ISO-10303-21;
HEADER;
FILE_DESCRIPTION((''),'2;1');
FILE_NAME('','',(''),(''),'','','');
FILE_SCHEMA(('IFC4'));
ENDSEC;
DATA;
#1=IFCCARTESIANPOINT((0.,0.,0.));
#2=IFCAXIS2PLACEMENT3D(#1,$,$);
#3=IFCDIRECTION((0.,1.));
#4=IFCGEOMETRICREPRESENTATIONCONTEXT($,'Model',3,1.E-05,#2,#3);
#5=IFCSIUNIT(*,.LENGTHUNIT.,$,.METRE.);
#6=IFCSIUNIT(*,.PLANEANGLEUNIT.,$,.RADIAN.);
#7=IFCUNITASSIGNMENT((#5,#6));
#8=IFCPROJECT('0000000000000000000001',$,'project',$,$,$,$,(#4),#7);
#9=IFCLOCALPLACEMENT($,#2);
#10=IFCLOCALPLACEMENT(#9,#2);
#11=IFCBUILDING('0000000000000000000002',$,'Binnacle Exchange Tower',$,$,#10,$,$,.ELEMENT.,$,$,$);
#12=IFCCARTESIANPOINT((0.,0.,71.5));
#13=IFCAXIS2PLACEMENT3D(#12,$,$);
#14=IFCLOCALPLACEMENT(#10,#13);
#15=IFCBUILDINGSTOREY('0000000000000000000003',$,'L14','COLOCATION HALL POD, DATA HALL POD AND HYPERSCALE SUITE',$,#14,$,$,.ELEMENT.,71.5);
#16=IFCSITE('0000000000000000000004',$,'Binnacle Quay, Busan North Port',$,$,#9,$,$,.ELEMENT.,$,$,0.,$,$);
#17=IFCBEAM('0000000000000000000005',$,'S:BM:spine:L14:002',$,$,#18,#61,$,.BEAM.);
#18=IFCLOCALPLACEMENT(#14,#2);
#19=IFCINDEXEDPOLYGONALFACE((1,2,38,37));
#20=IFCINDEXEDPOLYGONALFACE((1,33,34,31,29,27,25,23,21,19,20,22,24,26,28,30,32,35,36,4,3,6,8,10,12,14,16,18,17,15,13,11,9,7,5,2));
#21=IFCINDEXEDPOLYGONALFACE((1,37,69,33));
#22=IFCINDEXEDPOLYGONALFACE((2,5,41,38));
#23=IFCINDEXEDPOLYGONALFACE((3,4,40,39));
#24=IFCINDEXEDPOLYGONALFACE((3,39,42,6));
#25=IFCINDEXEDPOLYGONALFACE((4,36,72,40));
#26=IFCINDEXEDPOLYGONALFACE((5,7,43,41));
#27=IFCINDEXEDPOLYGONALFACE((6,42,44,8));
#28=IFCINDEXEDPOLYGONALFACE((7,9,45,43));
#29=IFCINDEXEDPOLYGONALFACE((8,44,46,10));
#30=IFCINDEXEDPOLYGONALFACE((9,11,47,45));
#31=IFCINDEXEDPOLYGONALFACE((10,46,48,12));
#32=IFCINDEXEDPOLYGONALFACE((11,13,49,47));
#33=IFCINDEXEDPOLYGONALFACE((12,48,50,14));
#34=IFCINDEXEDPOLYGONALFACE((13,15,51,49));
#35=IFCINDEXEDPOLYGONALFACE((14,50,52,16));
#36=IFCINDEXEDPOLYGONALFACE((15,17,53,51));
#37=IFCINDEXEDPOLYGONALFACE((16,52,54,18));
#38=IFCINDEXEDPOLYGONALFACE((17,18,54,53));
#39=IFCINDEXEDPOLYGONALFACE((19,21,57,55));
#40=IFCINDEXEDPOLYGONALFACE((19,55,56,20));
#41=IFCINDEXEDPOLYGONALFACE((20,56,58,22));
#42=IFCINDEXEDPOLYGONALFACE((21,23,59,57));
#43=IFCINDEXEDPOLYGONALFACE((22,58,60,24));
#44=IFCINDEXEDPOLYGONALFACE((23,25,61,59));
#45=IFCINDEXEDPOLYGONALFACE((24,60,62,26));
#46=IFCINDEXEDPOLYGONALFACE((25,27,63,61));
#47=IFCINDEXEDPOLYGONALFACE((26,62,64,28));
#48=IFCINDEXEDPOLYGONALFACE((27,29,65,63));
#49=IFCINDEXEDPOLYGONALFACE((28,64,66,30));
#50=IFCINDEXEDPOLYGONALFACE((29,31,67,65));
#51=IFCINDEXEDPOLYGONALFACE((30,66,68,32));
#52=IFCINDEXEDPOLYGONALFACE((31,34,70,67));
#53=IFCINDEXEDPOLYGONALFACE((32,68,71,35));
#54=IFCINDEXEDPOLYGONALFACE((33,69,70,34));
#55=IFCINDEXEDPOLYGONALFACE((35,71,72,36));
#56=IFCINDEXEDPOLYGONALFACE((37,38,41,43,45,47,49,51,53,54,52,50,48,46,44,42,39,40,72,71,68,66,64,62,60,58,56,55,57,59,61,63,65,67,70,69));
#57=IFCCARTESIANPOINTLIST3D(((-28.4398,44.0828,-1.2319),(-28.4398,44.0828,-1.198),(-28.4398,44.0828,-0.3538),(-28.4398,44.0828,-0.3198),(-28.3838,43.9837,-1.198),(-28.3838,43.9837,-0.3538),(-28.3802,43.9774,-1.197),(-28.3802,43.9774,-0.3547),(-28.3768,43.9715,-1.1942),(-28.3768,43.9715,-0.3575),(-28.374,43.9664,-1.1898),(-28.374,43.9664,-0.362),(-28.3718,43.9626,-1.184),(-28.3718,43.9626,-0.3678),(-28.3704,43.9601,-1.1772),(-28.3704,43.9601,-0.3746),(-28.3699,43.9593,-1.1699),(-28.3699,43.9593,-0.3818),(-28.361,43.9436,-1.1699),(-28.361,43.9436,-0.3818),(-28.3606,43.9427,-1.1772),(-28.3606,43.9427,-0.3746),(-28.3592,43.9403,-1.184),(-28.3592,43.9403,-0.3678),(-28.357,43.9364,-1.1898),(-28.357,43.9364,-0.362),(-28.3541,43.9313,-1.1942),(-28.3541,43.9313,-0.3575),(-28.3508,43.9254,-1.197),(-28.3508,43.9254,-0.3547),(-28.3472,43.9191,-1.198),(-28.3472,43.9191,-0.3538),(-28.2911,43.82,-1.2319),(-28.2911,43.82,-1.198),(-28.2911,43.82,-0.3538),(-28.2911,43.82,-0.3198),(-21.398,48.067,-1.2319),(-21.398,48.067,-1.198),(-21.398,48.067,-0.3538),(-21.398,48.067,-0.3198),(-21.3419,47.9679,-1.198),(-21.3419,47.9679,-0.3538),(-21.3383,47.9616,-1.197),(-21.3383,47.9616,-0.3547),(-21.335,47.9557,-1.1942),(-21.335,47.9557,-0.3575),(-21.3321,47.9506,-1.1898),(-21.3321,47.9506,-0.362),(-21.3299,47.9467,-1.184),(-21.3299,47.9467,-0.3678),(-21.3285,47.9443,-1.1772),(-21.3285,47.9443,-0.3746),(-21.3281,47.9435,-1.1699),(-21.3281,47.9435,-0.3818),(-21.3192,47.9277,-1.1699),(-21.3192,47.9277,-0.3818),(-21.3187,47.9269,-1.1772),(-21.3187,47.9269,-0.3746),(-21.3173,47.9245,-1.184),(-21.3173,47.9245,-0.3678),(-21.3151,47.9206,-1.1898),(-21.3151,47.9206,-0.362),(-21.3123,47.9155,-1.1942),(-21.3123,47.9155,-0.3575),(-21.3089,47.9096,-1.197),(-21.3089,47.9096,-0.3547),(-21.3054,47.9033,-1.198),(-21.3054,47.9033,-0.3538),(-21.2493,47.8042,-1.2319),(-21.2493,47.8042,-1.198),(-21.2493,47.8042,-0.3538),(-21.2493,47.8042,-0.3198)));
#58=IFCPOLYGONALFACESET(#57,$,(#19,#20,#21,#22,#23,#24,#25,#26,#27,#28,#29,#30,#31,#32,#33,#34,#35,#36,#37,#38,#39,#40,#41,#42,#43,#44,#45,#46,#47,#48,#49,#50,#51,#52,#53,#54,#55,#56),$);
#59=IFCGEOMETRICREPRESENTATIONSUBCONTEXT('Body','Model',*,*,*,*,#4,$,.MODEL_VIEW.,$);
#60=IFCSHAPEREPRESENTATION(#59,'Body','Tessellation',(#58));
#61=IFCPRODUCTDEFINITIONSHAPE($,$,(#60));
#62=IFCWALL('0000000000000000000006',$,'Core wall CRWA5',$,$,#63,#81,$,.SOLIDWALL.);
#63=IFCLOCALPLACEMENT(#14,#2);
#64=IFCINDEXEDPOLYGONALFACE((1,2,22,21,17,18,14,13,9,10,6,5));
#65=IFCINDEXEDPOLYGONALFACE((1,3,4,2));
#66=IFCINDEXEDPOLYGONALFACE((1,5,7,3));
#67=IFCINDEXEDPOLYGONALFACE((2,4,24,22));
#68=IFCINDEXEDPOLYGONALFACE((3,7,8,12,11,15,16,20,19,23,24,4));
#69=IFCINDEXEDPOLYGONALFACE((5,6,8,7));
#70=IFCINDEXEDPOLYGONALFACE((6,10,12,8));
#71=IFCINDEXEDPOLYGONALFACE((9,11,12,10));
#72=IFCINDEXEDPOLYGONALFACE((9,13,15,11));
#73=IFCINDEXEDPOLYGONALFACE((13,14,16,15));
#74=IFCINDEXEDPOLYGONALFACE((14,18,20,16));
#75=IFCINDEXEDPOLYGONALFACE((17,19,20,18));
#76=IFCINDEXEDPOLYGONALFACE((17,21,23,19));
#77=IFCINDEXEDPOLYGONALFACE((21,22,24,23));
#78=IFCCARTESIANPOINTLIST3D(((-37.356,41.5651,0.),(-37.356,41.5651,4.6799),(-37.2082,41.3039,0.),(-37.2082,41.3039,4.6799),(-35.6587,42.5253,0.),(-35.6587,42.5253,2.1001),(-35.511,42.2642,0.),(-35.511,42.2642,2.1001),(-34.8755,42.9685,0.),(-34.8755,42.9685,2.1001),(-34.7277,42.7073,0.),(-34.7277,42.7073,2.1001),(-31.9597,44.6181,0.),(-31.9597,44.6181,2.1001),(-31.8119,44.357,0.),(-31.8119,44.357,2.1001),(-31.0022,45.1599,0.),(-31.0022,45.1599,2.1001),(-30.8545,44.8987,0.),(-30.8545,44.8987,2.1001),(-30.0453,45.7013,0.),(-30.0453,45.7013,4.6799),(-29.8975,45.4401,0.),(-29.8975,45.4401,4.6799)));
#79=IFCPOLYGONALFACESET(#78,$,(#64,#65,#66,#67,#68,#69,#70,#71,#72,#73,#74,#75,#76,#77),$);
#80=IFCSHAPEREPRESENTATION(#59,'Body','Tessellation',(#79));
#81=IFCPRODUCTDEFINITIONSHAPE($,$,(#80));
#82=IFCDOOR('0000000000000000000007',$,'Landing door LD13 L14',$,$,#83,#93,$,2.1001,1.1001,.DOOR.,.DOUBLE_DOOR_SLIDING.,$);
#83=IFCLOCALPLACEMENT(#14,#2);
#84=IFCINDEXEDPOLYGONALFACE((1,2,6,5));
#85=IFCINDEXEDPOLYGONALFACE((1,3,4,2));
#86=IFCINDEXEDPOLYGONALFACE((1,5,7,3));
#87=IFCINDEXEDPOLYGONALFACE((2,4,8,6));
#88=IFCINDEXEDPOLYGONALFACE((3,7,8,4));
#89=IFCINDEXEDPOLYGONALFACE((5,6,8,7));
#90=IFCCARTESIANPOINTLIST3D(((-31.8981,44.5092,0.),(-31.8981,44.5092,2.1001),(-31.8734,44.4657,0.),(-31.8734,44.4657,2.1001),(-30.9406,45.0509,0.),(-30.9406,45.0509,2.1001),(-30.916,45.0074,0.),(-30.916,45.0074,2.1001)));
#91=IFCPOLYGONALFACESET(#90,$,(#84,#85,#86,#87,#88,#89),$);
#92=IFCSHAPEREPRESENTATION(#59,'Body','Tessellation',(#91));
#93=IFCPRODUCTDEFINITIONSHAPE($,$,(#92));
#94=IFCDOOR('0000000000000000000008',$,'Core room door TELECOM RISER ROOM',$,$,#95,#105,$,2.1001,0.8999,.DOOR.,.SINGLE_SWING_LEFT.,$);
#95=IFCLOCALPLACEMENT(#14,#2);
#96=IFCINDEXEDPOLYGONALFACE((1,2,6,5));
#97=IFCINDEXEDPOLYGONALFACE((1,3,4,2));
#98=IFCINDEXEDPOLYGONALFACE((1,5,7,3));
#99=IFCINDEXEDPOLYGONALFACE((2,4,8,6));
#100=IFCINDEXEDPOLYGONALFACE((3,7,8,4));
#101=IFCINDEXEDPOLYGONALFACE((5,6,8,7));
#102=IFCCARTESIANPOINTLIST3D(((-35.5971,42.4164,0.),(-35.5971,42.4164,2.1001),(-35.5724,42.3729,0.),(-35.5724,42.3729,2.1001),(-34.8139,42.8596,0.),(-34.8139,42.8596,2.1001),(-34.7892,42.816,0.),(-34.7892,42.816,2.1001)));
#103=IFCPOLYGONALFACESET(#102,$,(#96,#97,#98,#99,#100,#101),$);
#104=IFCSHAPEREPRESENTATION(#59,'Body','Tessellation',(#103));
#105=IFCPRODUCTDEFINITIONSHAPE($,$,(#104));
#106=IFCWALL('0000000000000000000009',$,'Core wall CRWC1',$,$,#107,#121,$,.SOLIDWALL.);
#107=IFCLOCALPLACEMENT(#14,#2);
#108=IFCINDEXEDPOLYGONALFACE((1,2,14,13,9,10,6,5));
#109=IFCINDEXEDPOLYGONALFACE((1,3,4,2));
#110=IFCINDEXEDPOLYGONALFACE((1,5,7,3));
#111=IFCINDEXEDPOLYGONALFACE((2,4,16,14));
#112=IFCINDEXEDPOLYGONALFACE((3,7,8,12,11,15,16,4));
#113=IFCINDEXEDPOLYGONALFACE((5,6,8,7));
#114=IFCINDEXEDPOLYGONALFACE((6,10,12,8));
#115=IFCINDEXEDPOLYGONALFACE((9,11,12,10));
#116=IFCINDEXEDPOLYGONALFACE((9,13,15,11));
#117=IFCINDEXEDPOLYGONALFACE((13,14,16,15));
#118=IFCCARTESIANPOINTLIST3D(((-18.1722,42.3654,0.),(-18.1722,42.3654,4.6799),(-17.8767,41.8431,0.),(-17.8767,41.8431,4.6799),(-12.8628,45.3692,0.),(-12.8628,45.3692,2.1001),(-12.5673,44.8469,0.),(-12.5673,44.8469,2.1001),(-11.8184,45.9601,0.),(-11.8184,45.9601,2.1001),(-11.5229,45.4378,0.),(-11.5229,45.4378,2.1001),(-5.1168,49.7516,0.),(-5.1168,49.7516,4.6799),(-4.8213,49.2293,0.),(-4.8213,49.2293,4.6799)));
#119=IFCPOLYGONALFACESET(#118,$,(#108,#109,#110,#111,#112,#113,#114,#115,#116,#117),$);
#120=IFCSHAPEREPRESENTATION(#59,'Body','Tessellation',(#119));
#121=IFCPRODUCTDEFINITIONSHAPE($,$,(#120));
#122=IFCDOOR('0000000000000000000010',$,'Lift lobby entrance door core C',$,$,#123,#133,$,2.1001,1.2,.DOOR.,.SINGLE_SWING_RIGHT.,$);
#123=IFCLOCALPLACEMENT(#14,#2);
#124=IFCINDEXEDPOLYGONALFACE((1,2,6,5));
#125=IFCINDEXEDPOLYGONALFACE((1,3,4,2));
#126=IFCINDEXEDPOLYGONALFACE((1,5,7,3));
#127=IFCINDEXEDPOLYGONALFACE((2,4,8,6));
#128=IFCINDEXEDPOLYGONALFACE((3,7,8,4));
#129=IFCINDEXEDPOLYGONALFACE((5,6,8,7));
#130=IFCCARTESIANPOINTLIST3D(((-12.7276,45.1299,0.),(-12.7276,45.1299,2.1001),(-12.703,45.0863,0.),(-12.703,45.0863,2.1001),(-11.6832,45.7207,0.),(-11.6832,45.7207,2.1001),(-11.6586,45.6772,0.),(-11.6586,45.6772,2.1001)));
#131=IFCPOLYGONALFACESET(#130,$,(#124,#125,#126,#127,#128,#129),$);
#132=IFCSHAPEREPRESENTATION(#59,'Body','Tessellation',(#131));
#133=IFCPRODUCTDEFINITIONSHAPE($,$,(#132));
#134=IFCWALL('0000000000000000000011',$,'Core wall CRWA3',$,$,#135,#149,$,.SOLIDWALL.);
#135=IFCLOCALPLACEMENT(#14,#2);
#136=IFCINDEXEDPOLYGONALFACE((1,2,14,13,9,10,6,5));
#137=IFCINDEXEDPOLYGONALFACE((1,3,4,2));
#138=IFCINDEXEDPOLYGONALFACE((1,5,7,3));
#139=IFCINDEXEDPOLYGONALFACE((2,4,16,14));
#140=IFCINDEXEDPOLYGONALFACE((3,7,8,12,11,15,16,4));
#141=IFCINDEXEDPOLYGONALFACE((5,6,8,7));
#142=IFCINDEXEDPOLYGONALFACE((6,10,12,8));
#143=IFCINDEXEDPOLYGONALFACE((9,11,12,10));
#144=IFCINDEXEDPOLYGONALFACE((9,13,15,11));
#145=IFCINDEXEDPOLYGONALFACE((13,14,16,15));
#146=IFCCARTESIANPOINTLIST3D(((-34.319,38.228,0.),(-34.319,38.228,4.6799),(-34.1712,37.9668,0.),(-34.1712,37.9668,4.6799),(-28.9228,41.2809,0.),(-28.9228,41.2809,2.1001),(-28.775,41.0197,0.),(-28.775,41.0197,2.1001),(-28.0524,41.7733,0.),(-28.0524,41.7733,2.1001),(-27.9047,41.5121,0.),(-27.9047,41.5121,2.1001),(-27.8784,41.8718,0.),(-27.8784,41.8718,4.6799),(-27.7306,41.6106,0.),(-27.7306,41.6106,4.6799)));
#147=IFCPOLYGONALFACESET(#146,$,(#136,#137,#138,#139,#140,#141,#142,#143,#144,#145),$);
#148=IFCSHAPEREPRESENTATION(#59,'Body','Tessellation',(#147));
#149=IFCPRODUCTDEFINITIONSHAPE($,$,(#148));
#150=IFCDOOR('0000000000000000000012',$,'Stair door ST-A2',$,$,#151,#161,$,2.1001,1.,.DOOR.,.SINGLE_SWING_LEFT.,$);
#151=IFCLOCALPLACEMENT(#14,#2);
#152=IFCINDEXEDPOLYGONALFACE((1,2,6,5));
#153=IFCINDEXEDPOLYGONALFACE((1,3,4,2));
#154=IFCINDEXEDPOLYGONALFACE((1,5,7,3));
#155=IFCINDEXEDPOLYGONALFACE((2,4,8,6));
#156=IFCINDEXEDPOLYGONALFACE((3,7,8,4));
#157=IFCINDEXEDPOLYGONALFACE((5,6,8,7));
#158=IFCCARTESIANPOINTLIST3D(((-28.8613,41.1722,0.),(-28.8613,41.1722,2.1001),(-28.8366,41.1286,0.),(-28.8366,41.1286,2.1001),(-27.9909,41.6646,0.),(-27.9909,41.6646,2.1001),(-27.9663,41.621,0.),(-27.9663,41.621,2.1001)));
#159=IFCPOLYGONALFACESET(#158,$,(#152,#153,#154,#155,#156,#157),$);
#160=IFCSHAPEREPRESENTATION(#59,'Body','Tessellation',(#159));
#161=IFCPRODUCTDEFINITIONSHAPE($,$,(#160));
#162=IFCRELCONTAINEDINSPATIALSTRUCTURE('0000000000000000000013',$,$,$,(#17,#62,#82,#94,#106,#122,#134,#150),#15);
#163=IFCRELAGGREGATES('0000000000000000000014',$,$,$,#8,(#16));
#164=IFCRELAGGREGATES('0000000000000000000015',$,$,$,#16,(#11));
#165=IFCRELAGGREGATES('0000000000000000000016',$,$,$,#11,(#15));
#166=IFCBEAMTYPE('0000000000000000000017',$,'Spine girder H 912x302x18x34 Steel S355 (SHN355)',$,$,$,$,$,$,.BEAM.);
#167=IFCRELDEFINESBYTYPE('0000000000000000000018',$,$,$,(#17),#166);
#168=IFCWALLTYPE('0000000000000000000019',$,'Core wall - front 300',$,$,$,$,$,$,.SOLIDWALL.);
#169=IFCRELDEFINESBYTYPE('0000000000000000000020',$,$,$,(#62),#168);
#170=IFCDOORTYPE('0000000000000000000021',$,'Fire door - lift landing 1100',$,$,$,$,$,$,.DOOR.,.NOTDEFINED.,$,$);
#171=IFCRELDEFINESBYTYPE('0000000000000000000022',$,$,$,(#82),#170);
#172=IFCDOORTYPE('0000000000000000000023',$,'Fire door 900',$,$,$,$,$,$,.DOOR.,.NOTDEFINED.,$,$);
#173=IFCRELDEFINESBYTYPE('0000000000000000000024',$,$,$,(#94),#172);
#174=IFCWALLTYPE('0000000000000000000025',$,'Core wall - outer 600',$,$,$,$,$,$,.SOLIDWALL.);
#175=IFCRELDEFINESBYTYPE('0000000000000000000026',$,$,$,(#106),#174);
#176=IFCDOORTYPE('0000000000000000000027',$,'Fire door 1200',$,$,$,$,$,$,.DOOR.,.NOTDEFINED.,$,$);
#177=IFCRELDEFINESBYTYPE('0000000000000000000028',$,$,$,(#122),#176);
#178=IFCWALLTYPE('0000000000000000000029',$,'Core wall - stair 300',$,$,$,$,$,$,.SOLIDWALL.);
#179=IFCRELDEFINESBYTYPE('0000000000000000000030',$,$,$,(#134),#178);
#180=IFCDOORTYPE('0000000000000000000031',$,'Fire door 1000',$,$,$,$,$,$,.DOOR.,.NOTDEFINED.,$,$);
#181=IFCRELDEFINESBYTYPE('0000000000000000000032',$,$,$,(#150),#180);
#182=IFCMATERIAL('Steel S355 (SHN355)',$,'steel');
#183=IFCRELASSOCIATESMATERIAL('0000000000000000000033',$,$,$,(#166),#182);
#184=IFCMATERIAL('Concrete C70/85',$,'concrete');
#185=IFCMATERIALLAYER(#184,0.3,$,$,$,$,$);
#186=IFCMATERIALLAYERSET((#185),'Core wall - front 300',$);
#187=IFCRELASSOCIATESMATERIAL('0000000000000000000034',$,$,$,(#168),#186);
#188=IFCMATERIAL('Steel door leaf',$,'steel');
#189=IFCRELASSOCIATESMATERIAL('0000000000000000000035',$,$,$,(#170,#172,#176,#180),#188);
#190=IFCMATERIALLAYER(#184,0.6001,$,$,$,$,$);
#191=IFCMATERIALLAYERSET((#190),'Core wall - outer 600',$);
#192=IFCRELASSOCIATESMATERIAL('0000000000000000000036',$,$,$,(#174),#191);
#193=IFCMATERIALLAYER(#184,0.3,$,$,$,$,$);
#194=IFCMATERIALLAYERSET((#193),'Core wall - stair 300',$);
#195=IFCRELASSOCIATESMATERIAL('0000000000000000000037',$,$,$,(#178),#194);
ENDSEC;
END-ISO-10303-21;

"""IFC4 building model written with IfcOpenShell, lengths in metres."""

from ifc_helpers import new_model, si_unit, direction, frame, frame_2d, origin, origin_2d, place, context, subcontext, project, spatial, rectangle, i_section, extrude, material, layer, layer_set, material_profile, profile_set, type_object, element, fill, save


model = new_model("IFC4")

# Units and contexts
model_context = context("Model", 3, precision=1e-05, world=origin(), true_north=direction((0.0, 1.0)))
body_context = subcontext(model_context, "Body", "Model", "MODEL_VIEW")
ifc_project = project(units=[si_unit("LENGTHUNIT", "METRE"), si_unit("PLANEANGLEUNIT", "RADIAN")], contexts=[model_context])

# Site, building, storey
site_placement = place(None, origin())
site = spatial("IfcSite", under=ifc_project, at=site_placement, Name="Binnacle Quay, Busan North Port", CompositionType="ELEMENT", RefElevation=0.0)
building_placement = place(site_placement, origin())
building = spatial("IfcBuilding", under=site, at=building_placement, Name="Binnacle Exchange Tower", CompositionType="ELEMENT")
storey_placement = place(building_placement, frame((0.0, 0.0, 71.5)))
storey = spatial("IfcBuildingStorey", under=building, at=storey_placement, Name="L14", Description="COLOCATION HALL POD, DATA HALL POD AND HYPERSCALE SUITE", CompositionType="ELEMENT", Elevation=71.5)

# Shared definitions
ifc_material_1 = material(Name="Concrete C70/85", Category="concrete")

# Beam
ifc_material_2 = material(Name="Steel S355 (SHN355)", Category="steel")
ifc_material_profile_1 = material_profile(ifc_material_2, i_section(OverallWidth=0.302, OverallDepth=0.9121, WebThickness=0.0181, FlangeThickness=0.0339, FilletRadius=0.0281, at=origin_2d()), Name="H 912x302x18x34")
ifc_profile_set_1 = profile_set([ifc_material_profile_1], Name="Steel S355 (SHN355)")
beam_type_1 = type_object("IfcBeamType", Name="Spine girder H 912x302x18x34 Steel S355 (SHN355)", PredefinedType="BEAM", material=ifc_profile_set_1)
beam_1_placement = place(storey_placement, frame((-28.3655, 43.9514, -0.7759), z_axis=(0.87035, 0.492433, 0.0), x_axis=(-0.492433, 0.87035, 0.0)))
element("IfcBeam", 1, at=beam_1_placement, inside=storey, type_object=beam_type_1, Name="S:BM:spine:L14:002", PredefinedType="BEAM", context=body_context, shape_type="SweptSolid", body=[
    extrude(i_section(OverallWidth=0.302, OverallDepth=0.9121, WebThickness=0.0181, FlangeThickness=0.0339, FilletRadius=0.0281, at=origin_2d()), origin(), (0.0, 0.0, 1.0), 8.0908),
])

# Wall, openings, doors
ifc_layer_1 = layer(ifc_material_1, 0.3)
ifc_layer_set_1 = layer_set([ifc_layer_1], Name="Core wall - front 300")
wall_type_1 = type_object("IfcWallType", Name="Core wall - front 300", PredefinedType="SOLIDWALL", material=ifc_layer_set_1)
wall_1_placement = place(storey_placement, frame((-37.282, 41.4346, 0.0), z_axis=(0.0, 0.0, 1.0), x_axis=(0.870357, 0.492422, 0.0)))
wall_1 = element("IfcWall", 2, at=wall_1_placement, inside=storey, type_object=wall_type_1, Name="Core wall CRWA5", PredefinedType="SOLIDWALL", context=body_context, shape_type="SweptSolid", body=[
    extrude(rectangle(XDim=8.3997, YDim=0.3, at=frame_2d((4.1997, 0.0))), origin(), (0.0, 0.0, 1.0), 4.6799),
])
opening_1_placement = place(wall_1_placement, frame((6.2, 0.0, 0.0)))
opening_1 = element("IfcOpeningElement", 3, at=opening_1_placement, cuts=wall_1, PredefinedType="OPENING", context=body_context, shape_type="SweptSolid", body=[
    extrude(rectangle(XDim=1.1001, YDim=2.1001, at=frame_2d((0.55, 1.05))), frame((0.0, 0.1599, 0.0), z_axis=(0.0, -1.0, 0.0), x_axis=(1.0, 0.0, 0.0)), (0.0, 0.0, 1.0), 0.3201),
])
opening_2_placement = place(wall_1_placement, frame((1.95, 0.0, 0.0)))
opening_2 = element("IfcOpeningElement", 4, at=opening_2_placement, cuts=wall_1, PredefinedType="OPENING", context=body_context, shape_type="SweptSolid", body=[
    extrude(rectangle(XDim=0.8999, YDim=2.1001, at=frame_2d((0.45, 1.05))), frame((0.0, 0.1599, 0.0), z_axis=(0.0, -1.0, 0.0), x_axis=(1.0, 0.0, 0.0)), (0.0, 0.0, 1.0), 0.3201),
])
ifc_material_3 = material(Name="Steel door leaf", Category="steel")
door_type_1 = type_object("IfcDoorType", Name="Fire door - lift landing 1100", OperationType="NOTDEFINED", PredefinedType="DOOR", material=ifc_material_3)
door_1_placement = place(opening_1_placement, origin())
door_1 = element("IfcDoor", 5, at=door_1_placement, inside=storey, type_object=door_type_1, Name="Landing door LD13 L14", OperationType="DOUBLE_DOOR_SLIDING", OverallHeight=2.1001, OverallWidth=1.1001, PredefinedType="DOOR", context=body_context, shape_type="SweptSolid", body=[
    extrude(rectangle(XDim=1.1001, YDim=2.1001, at=frame_2d((0.55, 1.05))), frame((0.0, 0.0249, 0.0), z_axis=(0.0, -1.0, 0.0), x_axis=(1.0, 0.0, 0.0)), (0.0, 0.0, 1.0), 0.05),
])
fill(opening_1, door_1)
door_type_2 = type_object("IfcDoorType", Name="Fire door 900", OperationType="NOTDEFINED", PredefinedType="DOOR", material=ifc_material_3)
door_2_placement = place(opening_2_placement, origin())
door_2 = element("IfcDoor", 6, at=door_2_placement, inside=storey, type_object=door_type_2, Name="Core room door TELECOM RISER ROOM", OperationType="SINGLE_SWING_LEFT", OverallHeight=2.1001, OverallWidth=0.8999, PredefinedType="DOOR", context=body_context, shape_type="SweptSolid", body=[
    extrude(rectangle(XDim=0.8999, YDim=2.1001, at=frame_2d((0.45, 1.05))), frame((0.0, 0.0249, 0.0), z_axis=(0.0, -1.0, 0.0), x_axis=(1.0, 0.0, 0.0)), (0.0, 0.0, 1.0), 0.05),
])
fill(opening_2, door_2)

# Walls, openings, doors
ifc_layer_2 = layer(ifc_material_1, 0.6001)
ifc_layer_set_2 = layer_set([ifc_layer_2], Name="Core wall - outer 600")
wall_type_2 = type_object("IfcWallType", Name="Core wall - outer 600", PredefinedType="SOLIDWALL", material=ifc_layer_set_2)
wall_2_placement = place(storey_placement, frame((-18.0244, 42.1042, 0.0), z_axis=(0.0, 0.0, 1.0), x_axis=(0.870361, 0.492415, 0.0)))
wall_2 = element("IfcWall", 7, at=wall_2_placement, inside=storey, type_object=wall_type_2, Name="Core wall CRWC1", PredefinedType="SOLIDWALL", context=body_context, shape_type="SweptSolid", body=[
    extrude(rectangle(XDim=15.0, YDim=0.6001, at=frame_2d((7.5, 0.0))), origin(), (0.0, 0.0, 1.0), 4.6799),
])
opening_3_placement = place(wall_2_placement, frame((6.1001, 0.0, 0.0)))
opening_3 = element("IfcOpeningElement", 8, at=opening_3_placement, cuts=wall_2, PredefinedType="OPENING", context=body_context, shape_type="SweptSolid", body=[
    extrude(rectangle(XDim=1.2, YDim=2.1001, at=frame_2d((0.6001, 1.05))), frame((0.0, 0.3101, 0.0), z_axis=(0.0, -1.0, 0.0), x_axis=(1.0, 0.0, 0.0)), (0.0, 0.0, 1.0), 0.6201),
])
door_type_3 = type_object("IfcDoorType", Name="Fire door 1200", OperationType="NOTDEFINED", PredefinedType="DOOR", material=ifc_material_3)
door_3_placement = place(opening_3_placement, frame((1.2, 0.0, 0.0), z_axis=(0.0, 0.0, 1.0), x_axis=(-1.0, 0.0, 0.0)))
door_3 = element("IfcDoor", 9, at=door_3_placement, inside=storey, type_object=door_type_3, Name="Lift lobby entrance door core C", OperationType="SINGLE_SWING_RIGHT", OverallHeight=2.1001, OverallWidth=1.2, PredefinedType="DOOR", context=body_context, shape_type="SweptSolid", body=[
    extrude(rectangle(XDim=1.2, YDim=2.1001, at=frame_2d((0.6001, 1.05))), frame((0.0, 0.0249, 0.0), z_axis=(0.0, -1.0, 0.0), x_axis=(1.0, 0.0, 0.0)), (0.0, 0.0, 1.0), 0.05),
])
fill(opening_3, door_3)
ifc_layer_3 = layer(ifc_material_1, 0.3)
ifc_layer_set_3 = layer_set([ifc_layer_3], Name="Core wall - stair 300")
wall_type_3 = type_object("IfcWallType", Name="Core wall - stair 300", PredefinedType="SOLIDWALL", material=ifc_layer_set_3)
wall_3_placement = place(storey_placement, frame((-34.2451, 38.0974, 0.0), z_axis=(0.0, 0.0, 1.0), x_axis=(0.870365, 0.492407, 0.0)))
wall_3 = element("IfcWall", 10, at=wall_3_placement, inside=storey, type_object=wall_type_3, Name="Core wall CRWA3", PredefinedType="SOLIDWALL", context=body_context, shape_type="SweptSolid", body=[
    extrude(rectangle(XDim=7.3999, YDim=0.3, at=frame_2d((3.7, 0.0))), origin(), (0.0, 0.0, 1.0), 4.6799),
])
opening_4_placement = place(wall_3_placement, frame((6.2, 0.0, 0.0)))
opening_4 = element("IfcOpeningElement", 11, at=opening_4_placement, cuts=wall_3, PredefinedType="OPENING", context=body_context, shape_type="SweptSolid", body=[
    extrude(rectangle(XDim=1.0, YDim=2.1001, at=frame_2d((0.5, 1.05))), frame((0.0, 0.1599, 0.0), z_axis=(0.0, -1.0, 0.0), x_axis=(1.0, 0.0, 0.0)), (0.0, 0.0, 1.0), 0.3201),
])
door_type_4 = type_object("IfcDoorType", Name="Fire door 1000", OperationType="NOTDEFINED", PredefinedType="DOOR", material=ifc_material_3)
door_4_placement = place(opening_4_placement, frame((1.0, 0.0, 0.0), z_axis=(0.0, 0.0, 1.0), x_axis=(-1.0, 0.0, 0.0)))
door_4 = element("IfcDoor", 12, at=door_4_placement, inside=storey, type_object=door_type_4, Name="Stair door ST-A2", OperationType="SINGLE_SWING_LEFT", OverallHeight=2.1001, OverallWidth=1.0, PredefinedType="DOOR", context=body_context, shape_type="SweptSolid", body=[
    extrude(rectangle(XDim=1.0, YDim=2.1001, at=frame_2d((0.5, 1.05))), frame((0.0, 0.0249, 0.0), z_axis=(0.0, -1.0, 0.0), x_axis=(1.0, 0.0, 0.0)), (0.0, 0.0, 1.0), 0.05),
])
fill(opening_4, door_4)

save(model, "model.ifc")
